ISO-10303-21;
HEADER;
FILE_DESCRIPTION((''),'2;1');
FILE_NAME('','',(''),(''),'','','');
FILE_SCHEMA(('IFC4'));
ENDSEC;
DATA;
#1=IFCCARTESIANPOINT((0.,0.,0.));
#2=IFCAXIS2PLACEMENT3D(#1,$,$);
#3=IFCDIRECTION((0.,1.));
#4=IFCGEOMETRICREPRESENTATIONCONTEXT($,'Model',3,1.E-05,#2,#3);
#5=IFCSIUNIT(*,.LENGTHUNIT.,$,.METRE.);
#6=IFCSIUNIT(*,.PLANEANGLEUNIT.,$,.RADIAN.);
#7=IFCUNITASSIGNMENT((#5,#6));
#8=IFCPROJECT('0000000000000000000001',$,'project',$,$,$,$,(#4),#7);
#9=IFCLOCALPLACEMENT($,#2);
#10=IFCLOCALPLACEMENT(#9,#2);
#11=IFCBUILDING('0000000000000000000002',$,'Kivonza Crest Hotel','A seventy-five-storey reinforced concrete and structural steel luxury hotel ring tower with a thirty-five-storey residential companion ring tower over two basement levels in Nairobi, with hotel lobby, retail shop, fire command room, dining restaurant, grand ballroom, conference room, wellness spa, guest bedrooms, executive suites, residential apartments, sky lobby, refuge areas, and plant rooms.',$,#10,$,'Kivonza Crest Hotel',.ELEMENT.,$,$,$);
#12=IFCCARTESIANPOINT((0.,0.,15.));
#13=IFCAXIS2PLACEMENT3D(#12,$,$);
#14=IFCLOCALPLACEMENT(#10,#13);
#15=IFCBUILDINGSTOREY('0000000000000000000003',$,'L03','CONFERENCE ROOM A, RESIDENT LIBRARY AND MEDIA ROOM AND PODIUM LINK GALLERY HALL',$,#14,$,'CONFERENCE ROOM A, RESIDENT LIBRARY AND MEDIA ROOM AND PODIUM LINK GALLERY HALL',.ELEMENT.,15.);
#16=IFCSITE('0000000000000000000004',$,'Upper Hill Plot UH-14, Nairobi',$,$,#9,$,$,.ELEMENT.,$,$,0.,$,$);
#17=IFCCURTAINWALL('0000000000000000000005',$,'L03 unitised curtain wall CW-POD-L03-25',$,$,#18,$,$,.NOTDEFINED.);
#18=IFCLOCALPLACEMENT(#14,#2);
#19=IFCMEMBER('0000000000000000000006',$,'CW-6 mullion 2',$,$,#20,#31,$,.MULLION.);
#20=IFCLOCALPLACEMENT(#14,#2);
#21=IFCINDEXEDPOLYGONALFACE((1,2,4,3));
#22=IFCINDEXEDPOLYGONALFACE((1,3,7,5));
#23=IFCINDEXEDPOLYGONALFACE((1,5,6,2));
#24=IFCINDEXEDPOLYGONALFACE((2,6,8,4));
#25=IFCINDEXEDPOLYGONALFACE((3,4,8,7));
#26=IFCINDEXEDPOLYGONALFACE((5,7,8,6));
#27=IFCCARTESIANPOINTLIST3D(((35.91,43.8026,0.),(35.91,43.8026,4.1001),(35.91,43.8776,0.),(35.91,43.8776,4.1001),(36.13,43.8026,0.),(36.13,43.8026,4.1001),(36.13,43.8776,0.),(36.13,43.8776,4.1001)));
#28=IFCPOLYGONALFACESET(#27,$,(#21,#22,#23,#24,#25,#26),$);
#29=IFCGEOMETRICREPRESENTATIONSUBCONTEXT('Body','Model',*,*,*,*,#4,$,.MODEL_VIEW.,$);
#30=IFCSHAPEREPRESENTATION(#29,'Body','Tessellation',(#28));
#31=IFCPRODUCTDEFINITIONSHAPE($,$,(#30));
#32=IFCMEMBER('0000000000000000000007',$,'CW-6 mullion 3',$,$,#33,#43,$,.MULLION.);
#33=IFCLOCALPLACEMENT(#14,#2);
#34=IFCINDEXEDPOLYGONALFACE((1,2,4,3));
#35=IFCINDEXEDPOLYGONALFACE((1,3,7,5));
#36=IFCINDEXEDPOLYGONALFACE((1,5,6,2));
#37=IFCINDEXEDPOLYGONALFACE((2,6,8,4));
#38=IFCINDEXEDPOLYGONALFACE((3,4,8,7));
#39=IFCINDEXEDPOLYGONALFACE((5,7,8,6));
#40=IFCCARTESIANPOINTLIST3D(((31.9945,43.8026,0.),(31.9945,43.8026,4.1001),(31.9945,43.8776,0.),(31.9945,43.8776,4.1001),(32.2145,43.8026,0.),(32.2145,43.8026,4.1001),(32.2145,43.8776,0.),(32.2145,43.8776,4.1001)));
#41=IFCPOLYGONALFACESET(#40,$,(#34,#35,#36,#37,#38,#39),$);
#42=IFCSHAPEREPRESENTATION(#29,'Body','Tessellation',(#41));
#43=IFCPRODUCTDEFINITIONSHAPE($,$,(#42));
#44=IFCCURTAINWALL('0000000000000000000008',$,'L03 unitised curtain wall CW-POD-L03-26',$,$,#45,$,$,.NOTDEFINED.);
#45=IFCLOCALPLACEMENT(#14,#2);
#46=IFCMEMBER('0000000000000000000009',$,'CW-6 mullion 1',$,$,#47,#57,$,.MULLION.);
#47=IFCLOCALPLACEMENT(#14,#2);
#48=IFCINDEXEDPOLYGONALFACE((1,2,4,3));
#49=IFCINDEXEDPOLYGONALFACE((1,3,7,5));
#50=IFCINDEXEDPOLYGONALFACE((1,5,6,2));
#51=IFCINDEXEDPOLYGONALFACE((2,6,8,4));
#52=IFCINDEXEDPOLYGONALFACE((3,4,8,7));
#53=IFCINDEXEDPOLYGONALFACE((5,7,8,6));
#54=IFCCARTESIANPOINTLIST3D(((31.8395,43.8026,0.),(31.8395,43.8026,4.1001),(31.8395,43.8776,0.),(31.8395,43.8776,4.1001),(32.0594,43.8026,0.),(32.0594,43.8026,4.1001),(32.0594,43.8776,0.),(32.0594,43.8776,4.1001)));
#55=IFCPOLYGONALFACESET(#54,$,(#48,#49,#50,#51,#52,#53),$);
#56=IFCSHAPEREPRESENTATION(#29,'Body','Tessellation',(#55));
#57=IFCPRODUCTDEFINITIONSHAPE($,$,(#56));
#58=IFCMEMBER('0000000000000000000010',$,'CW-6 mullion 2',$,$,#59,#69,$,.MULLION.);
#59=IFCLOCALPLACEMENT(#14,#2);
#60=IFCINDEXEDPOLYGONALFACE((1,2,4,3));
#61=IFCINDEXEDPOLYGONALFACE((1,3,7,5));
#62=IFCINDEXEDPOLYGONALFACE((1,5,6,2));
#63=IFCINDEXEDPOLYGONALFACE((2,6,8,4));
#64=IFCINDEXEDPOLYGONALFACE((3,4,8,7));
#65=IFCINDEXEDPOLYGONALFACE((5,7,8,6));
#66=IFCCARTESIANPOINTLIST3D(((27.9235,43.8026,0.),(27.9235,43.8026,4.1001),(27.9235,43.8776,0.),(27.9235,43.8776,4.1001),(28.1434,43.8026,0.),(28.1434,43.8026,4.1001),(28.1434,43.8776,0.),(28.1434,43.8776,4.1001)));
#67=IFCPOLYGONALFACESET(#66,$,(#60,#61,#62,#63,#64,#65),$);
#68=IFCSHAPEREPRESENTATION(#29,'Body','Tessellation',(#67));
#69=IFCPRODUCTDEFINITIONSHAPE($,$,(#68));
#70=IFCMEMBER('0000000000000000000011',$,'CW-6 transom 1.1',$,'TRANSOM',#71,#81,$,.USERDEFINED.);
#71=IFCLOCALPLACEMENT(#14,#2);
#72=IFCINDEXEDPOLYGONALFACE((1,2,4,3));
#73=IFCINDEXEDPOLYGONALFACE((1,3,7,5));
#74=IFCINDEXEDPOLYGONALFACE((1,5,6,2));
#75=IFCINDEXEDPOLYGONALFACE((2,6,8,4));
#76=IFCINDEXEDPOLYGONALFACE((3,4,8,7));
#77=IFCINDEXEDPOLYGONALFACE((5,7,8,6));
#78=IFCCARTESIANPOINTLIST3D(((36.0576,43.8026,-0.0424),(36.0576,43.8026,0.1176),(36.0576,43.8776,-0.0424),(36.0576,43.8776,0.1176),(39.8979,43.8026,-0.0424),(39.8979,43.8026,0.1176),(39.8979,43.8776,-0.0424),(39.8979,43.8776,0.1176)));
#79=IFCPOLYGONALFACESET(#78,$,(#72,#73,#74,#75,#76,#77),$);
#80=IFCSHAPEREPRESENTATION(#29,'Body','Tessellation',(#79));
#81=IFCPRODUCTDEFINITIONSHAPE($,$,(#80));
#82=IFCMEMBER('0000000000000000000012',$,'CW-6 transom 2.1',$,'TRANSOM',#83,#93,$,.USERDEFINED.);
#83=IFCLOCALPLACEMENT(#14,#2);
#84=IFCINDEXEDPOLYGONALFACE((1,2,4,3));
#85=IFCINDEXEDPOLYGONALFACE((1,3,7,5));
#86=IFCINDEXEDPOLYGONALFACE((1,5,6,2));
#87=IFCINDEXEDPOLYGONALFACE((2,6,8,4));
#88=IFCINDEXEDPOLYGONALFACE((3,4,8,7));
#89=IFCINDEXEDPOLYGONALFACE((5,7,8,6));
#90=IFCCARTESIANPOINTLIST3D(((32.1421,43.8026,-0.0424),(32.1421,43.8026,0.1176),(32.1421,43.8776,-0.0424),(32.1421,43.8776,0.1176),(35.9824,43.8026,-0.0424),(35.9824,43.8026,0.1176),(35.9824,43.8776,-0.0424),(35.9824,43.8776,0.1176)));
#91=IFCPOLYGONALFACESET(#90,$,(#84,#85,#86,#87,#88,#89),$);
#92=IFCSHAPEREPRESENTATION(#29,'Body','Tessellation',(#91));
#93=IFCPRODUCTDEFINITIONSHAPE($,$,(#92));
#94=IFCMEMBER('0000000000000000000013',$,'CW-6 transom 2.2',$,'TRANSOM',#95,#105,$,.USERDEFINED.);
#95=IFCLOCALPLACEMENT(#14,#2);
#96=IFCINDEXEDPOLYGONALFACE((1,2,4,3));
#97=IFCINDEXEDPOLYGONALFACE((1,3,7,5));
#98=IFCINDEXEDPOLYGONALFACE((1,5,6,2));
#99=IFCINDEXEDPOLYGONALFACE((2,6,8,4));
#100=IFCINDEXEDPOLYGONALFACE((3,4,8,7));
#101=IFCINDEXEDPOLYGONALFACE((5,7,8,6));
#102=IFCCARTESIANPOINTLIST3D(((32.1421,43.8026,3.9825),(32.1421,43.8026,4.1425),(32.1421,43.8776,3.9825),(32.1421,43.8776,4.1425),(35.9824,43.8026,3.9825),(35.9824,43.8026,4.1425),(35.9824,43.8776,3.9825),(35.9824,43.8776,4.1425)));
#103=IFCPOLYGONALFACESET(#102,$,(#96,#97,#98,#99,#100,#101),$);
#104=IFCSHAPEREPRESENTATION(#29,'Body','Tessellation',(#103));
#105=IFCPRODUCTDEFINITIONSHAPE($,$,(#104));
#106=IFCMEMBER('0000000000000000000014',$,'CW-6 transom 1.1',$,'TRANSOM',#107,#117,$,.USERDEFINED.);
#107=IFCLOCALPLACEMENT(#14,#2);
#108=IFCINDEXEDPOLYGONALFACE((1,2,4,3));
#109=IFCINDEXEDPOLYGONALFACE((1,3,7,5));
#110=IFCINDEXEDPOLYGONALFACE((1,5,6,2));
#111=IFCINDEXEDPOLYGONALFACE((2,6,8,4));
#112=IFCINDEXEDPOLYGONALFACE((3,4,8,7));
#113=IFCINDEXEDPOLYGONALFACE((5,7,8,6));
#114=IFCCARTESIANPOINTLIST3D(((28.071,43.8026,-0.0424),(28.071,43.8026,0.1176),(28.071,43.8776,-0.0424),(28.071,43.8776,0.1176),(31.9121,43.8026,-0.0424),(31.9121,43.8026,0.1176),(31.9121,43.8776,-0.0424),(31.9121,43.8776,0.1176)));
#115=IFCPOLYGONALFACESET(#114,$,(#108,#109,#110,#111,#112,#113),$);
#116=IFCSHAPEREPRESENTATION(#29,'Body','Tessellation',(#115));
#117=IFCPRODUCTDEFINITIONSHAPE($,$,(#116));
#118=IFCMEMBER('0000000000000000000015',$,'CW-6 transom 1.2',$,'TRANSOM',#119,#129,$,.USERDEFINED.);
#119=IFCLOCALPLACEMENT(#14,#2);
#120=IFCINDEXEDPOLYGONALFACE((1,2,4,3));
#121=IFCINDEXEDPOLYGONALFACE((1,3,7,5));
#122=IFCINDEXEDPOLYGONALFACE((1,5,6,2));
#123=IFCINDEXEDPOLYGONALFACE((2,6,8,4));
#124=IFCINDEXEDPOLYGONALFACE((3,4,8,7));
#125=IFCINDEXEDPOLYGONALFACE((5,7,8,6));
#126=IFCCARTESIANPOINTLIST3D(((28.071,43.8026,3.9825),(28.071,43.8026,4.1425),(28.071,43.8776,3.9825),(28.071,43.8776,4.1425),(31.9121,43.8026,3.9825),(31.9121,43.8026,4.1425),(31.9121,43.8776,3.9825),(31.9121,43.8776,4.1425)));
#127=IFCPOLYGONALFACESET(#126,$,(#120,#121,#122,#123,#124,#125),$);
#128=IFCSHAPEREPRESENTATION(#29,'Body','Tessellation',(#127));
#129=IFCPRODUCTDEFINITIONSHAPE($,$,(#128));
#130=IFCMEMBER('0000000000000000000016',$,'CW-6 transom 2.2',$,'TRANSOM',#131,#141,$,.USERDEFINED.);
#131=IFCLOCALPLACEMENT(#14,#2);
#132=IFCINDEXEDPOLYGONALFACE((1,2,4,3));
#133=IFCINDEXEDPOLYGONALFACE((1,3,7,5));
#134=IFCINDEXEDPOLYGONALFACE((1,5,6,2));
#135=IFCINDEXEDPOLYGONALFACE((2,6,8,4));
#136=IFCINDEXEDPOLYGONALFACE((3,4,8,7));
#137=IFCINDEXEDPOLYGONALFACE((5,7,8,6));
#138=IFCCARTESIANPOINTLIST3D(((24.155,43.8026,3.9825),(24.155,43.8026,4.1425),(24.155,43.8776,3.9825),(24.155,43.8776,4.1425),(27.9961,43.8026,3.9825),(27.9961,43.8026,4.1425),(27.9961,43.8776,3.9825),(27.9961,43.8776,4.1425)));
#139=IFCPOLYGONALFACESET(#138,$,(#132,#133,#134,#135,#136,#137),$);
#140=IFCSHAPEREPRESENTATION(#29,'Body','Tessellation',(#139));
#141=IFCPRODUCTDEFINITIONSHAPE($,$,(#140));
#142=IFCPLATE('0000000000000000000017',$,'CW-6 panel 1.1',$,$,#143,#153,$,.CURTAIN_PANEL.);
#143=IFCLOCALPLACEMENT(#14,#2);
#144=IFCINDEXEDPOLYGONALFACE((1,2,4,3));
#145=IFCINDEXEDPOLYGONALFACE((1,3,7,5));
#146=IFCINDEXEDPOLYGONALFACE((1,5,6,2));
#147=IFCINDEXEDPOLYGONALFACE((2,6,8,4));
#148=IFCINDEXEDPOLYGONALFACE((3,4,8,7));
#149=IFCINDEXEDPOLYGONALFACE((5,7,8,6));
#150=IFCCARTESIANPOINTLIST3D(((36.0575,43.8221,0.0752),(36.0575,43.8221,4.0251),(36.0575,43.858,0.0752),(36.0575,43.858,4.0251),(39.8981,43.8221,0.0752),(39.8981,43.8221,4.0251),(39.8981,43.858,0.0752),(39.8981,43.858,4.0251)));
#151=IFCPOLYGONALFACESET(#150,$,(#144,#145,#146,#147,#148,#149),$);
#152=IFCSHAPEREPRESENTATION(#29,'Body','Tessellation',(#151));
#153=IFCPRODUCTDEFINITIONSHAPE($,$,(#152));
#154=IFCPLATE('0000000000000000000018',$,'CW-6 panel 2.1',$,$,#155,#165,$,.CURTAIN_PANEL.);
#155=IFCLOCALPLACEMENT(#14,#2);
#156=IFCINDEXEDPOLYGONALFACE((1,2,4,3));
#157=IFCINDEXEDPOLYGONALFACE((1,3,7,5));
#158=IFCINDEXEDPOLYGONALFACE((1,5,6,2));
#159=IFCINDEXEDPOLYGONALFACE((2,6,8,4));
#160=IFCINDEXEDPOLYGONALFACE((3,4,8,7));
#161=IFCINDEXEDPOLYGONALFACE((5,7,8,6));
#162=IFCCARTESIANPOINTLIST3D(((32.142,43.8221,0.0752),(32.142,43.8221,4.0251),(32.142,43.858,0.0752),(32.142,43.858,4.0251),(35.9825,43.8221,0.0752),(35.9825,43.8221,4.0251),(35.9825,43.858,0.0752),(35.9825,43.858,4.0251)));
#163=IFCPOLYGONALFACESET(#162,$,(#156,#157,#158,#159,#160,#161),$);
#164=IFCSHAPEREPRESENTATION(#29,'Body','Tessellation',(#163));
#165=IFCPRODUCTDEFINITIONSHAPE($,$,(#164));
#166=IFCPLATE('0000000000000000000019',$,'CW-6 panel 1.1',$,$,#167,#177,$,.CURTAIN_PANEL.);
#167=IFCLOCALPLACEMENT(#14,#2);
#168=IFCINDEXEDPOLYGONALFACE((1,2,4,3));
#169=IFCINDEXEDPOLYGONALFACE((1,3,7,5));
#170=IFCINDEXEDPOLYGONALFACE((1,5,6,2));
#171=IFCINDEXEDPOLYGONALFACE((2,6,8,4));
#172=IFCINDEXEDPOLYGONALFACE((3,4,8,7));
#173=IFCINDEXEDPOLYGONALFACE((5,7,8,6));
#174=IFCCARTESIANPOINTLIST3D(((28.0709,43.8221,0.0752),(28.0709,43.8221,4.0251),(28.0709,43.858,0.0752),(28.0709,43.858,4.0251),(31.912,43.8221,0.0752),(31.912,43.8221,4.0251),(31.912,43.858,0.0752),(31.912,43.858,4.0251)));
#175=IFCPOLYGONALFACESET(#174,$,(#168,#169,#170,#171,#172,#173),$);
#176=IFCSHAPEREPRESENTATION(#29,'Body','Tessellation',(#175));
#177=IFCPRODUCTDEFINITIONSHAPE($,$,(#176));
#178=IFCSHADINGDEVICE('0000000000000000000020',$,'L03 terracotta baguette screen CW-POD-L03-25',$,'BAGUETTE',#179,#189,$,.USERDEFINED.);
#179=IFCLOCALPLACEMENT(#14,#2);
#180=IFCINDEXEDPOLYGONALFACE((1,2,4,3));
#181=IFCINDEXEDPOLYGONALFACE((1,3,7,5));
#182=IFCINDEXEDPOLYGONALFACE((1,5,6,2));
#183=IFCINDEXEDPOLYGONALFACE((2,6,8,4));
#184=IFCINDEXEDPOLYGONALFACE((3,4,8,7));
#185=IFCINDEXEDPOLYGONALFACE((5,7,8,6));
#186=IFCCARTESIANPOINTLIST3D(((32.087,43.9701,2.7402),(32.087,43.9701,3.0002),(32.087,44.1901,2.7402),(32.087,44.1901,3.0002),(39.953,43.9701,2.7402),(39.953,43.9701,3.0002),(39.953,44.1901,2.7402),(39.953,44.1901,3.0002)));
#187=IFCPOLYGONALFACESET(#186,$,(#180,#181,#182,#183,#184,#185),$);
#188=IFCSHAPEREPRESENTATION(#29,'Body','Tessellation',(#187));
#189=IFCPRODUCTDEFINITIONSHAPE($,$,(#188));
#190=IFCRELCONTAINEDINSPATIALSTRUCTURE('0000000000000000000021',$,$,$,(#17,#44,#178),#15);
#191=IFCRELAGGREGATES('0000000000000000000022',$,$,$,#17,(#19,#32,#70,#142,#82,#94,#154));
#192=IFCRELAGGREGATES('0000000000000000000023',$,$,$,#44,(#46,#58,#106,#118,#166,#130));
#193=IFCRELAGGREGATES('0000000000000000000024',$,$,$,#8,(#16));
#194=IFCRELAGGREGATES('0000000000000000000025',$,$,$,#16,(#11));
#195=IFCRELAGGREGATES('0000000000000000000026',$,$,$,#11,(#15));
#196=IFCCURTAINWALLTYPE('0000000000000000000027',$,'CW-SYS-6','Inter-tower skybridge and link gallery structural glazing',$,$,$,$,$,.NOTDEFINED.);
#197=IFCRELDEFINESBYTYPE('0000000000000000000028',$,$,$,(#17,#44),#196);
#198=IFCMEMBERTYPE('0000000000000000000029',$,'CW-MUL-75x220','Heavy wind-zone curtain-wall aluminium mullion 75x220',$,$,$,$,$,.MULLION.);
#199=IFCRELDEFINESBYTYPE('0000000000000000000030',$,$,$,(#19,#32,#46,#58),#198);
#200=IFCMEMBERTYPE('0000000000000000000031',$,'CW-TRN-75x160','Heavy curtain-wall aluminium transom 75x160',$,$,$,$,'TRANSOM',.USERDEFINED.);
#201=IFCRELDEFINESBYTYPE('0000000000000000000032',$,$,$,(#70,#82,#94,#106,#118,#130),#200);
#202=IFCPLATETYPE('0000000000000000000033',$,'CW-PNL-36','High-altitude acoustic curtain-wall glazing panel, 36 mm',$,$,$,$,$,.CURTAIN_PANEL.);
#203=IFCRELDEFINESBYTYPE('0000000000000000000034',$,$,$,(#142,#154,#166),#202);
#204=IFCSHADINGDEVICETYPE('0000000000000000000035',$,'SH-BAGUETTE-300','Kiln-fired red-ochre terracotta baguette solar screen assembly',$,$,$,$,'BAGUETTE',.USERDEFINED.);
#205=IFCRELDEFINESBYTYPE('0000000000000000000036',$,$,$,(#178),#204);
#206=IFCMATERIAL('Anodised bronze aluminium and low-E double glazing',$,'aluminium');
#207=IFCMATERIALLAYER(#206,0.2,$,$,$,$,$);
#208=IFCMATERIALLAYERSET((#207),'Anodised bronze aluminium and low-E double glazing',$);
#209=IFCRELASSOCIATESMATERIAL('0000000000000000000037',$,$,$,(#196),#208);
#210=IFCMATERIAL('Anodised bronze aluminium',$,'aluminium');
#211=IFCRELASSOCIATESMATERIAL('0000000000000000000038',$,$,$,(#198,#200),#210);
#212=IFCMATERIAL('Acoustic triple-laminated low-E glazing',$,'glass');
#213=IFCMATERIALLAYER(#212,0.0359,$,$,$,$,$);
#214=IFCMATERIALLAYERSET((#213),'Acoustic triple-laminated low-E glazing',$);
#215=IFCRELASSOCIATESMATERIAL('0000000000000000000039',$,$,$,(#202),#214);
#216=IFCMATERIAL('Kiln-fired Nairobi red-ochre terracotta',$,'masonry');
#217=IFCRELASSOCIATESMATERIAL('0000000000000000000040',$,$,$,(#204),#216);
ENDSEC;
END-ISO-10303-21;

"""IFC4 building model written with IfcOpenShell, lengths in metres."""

from ifc_helpers import new_model, si_unit, direction, frame, origin, origin_2d, place, context, subcontext, project, spatial, rectangle, extrude, material, layer, layer_set, material_profile, profile_set, type_object, element, aggregate, save


model = new_model("IFC4")

# Units and contexts
model_context = context("Model", 3, precision=1e-05, world=origin(), true_north=direction((0.0, 1.0)))
body_context = subcontext(model_context, "Body", "Model", "MODEL_VIEW")
ifc_project = project(units=[si_unit("LENGTHUNIT", "METRE"), si_unit("PLANEANGLEUNIT", "RADIAN")], contexts=[model_context])

# Site, building, storey
site_placement = place(None, origin())
site = spatial("IfcSite", under=ifc_project, at=site_placement, Name="Upper Hill Plot UH-14, Nairobi", CompositionType="ELEMENT", RefElevation=0.0)
building_placement = place(site_placement, origin())
building = spatial("IfcBuilding", under=site, at=building_placement, Name="Kivonza Crest Hotel", Description="A seventy-five-storey reinforced concrete and structural steel luxury hotel ring tower with a thirty-five-storey residential companion ring tower over two basement levels in Nairobi, with hotel lobby, retail shop, fire command room, dining restaurant, grand ballroom, conference room, wellness spa, guest bedrooms, executive suites, residential apartments, sky lobby, refuge areas, and plant rooms.", LongName="Kivonza Crest Hotel", CompositionType="ELEMENT")
storey_placement = place(building_placement, frame((0.0, 0.0, 15.0)))
storey = spatial("IfcBuildingStorey", under=building, at=storey_placement, Name="L03", Description="CONFERENCE ROOM A, RESIDENT LIBRARY AND MEDIA ROOM AND PODIUM LINK GALLERY HALL", LongName="CONFERENCE ROOM A, RESIDENT LIBRARY AND MEDIA ROOM AND PODIUM LINK GALLERY HALL", CompositionType="ELEMENT", Elevation=15.0)

# Curtain walls, members
ifc_material_1 = material(Name="Anodised bronze aluminium and low-E double glazing", Category="aluminium")
ifc_layer_1 = layer(ifc_material_1, 0.2)
ifc_layer_set_1 = layer_set([ifc_layer_1], Name="Anodised bronze aluminium and low-E double glazing")
curtain_wall_type = type_object("IfcCurtainWallType", Name="CW-SYS-6", Description="Inter-tower skybridge and link gallery structural glazing", PredefinedType="NOTDEFINED", material=ifc_layer_set_1)
curtain_wall_1_placement = place(storey_placement, origin())
curtain_wall_1 = element("IfcCurtainWall", 1, at=curtain_wall_1_placement, inside=storey, type_object=curtain_wall_type, Name="L03 unitised curtain wall CW-POD-L03-25", PredefinedType="NOTDEFINED")
ifc_material_2 = material(Name="Anodised bronze aluminium", Category="aluminium")
ifc_material_profile_1 = material_profile(ifc_material_2, rectangle(XDim=0.075, YDim=0.22, at=origin_2d()), Name="CW-M 75x220")
ifc_profile_set_1 = profile_set([ifc_material_profile_1], Name="Anodised bronze aluminium")
member_type_1 = type_object("IfcMemberType", Name="CW-MUL-75x220", Description="Heavy wind-zone curtain-wall aluminium mullion 75x220", PredefinedType="MULLION", material=ifc_profile_set_1)
member_1_placement = place(storey_placement, frame((36.02, 43.8401, 0.0), z_axis=(0.0, 0.0, 1.0), x_axis=(0.0, -1.0, 0.0)))
member_1 = element("IfcMember", 2, at=member_1_placement, type_object=member_type_1, Name="CW-6 mullion 2", PredefinedType="MULLION", context=body_context, shape_type="SweptSolid", body=[
    extrude(rectangle(XDim=0.075, YDim=0.22, at=origin_2d()), origin(), (0.0, 0.0, 1.0), 4.1001),
])
member_2_placement = place(storey_placement, frame((32.1045, 43.8401, 0.0), z_axis=(0.0, 0.0, 1.0), x_axis=(0.0, -1.0, 0.0)))
member_2 = element("IfcMember", 3, at=member_2_placement, type_object=member_type_1, Name="CW-6 mullion 3", PredefinedType="MULLION", context=body_context, shape_type="SweptSolid", body=[
    extrude(rectangle(XDim=0.075, YDim=0.22, at=origin_2d()), origin(), (0.0, 0.0, 1.0), 4.1001),
])
curtain_wall_2_placement = place(storey_placement, origin())
curtain_wall_2 = element("IfcCurtainWall", 4, at=curtain_wall_2_placement, inside=storey, type_object=curtain_wall_type, Name="L03 unitised curtain wall CW-POD-L03-26", PredefinedType="NOTDEFINED")
member_3_placement = place(storey_placement, frame((31.9495, 43.8401, 0.0), z_axis=(0.0, 0.0, 1.0), x_axis=(0.0, -1.0, 0.0)))
member_3 = element("IfcMember", 5, at=member_3_placement, type_object=member_type_1, Name="CW-6 mullion 1", PredefinedType="MULLION", context=body_context, shape_type="SweptSolid", body=[
    extrude(rectangle(XDim=0.075, YDim=0.22, at=origin_2d()), origin(), (0.0, 0.0, 1.0), 4.1001),
])
member_4_placement = place(storey_placement, frame((28.0334, 43.8401, 0.0), z_axis=(0.0, 0.0, 1.0), x_axis=(0.0, -1.0, 0.0)))
member_4 = element("IfcMember", 6, at=member_4_placement, type_object=member_type_1, Name="CW-6 mullion 2", PredefinedType="MULLION", context=body_context, shape_type="SweptSolid", body=[
    extrude(rectangle(XDim=0.075, YDim=0.22, at=origin_2d()), origin(), (0.0, 0.0, 1.0), 4.1001),
])

# Members
ifc_material_profile_2 = material_profile(ifc_material_2, rectangle(XDim=0.075, YDim=0.1599, at=origin_2d()), Name="CW-T 75x160")
ifc_profile_set_2 = profile_set([ifc_material_profile_2], Name="Anodised bronze aluminium")
member_type_2 = type_object("IfcMemberType", Name="CW-TRN-75x160", Description="Heavy curtain-wall aluminium transom 75x160", ElementType="TRANSOM", PredefinedType="USERDEFINED", material=ifc_profile_set_2)
member_5_placement = place(storey_placement, frame((39.8979, 43.8401, 0.0376), z_axis=(-1.0, 0.0, 0.0), x_axis=(0.0, -1.0, 0.0)))
member_5 = element("IfcMember", 7, at=member_5_placement, type_object=member_type_2, Name="CW-6 transom 1.1", ObjectType="TRANSOM", PredefinedType="USERDEFINED", context=body_context, shape_type="SweptSolid", body=[
    extrude(rectangle(XDim=0.075, YDim=0.1599, at=origin_2d()), origin(), (0.0, 0.0, 1.0), 3.8403),
])
member_6_placement = place(storey_placement, frame((35.9824, 43.8401, 0.0376), z_axis=(-1.0, 0.0, 0.0), x_axis=(0.0, -1.0, 0.0)))
member_6 = element("IfcMember", 8, at=member_6_placement, type_object=member_type_2, Name="CW-6 transom 2.1", ObjectType="TRANSOM", PredefinedType="USERDEFINED", context=body_context, shape_type="SweptSolid", body=[
    extrude(rectangle(XDim=0.075, YDim=0.1599, at=origin_2d()), origin(), (0.0, 0.0, 1.0), 3.8403),
])
member_7_placement = place(storey_placement, frame((35.9824, 43.8401, 4.0625), z_axis=(-1.0, 0.0, 0.0), x_axis=(0.0, -1.0, 0.0)))
member_7 = element("IfcMember", 9, at=member_7_placement, type_object=member_type_2, Name="CW-6 transom 2.2", ObjectType="TRANSOM", PredefinedType="USERDEFINED", context=body_context, shape_type="SweptSolid", body=[
    extrude(rectangle(XDim=0.075, YDim=0.1599, at=origin_2d()), origin(), (0.0, 0.0, 1.0), 3.8403),
])
member_8_placement = place(storey_placement, frame((31.9121, 43.8401, 0.0376), z_axis=(-1.0, 0.0, 0.0), x_axis=(0.0, -1.0, 0.0)))
member_8 = element("IfcMember", 10, at=member_8_placement, type_object=member_type_2, Name="CW-6 transom 1.1", ObjectType="TRANSOM", PredefinedType="USERDEFINED", context=body_context, shape_type="SweptSolid", body=[
    extrude(rectangle(XDim=0.075, YDim=0.1599, at=origin_2d()), origin(), (0.0, 0.0, 1.0), 3.8411),
])
member_9_placement = place(storey_placement, frame((31.9121, 43.8401, 4.0625), z_axis=(-1.0, 0.0, 0.0), x_axis=(0.0, -1.0, 0.0)))
member_9 = element("IfcMember", 11, at=member_9_placement, type_object=member_type_2, Name="CW-6 transom 1.2", ObjectType="TRANSOM", PredefinedType="USERDEFINED", context=body_context, shape_type="SweptSolid", body=[
    extrude(rectangle(XDim=0.075, YDim=0.1599, at=origin_2d()), origin(), (0.0, 0.0, 1.0), 3.8411),
])
member_10_placement = place(storey_placement, frame((27.9961, 43.8401, 4.0625), z_axis=(-1.0, 0.0, 0.0), x_axis=(0.0, -1.0, 0.0)))
member_10 = element("IfcMember", 12, at=member_10_placement, type_object=member_type_2, Name="CW-6 transom 2.2", ObjectType="TRANSOM", PredefinedType="USERDEFINED", context=body_context, shape_type="SweptSolid", body=[
    extrude(rectangle(XDim=0.075, YDim=0.1599, at=origin_2d()), origin(), (0.0, 0.0, 1.0), 3.8411),
])

# Plates
ifc_material_3 = material(Name="Acoustic triple-laminated low-E glazing", Category="glass")
ifc_layer_2 = layer(ifc_material_3, 0.0359)
ifc_layer_set_2 = layer_set([ifc_layer_2], Name="Acoustic triple-laminated low-E glazing")
plate_type = type_object("IfcPlateType", Name="CW-PNL-36", Description="High-altitude acoustic curtain-wall glazing panel, 36 mm", PredefinedType="CURTAIN_PANEL", material=ifc_layer_set_2)
plate_1_placement = place(storey_placement, frame((37.9778, 43.8401, 0.0752), z_axis=(0.0, 0.0, 1.0), x_axis=(-1.0, 0.0, 0.0)))
plate_1 = element("IfcPlate", 13, at=plate_1_placement, type_object=plate_type, Name="CW-6 panel 1.1", PredefinedType="CURTAIN_PANEL", context=body_context, shape_type="SweptSolid", body=[
    extrude(rectangle(XDim=3.8406, YDim=0.0359, at=origin_2d()), origin(), (0.0, 0.0, 1.0), 3.95),
])
plate_2_placement = place(storey_placement, frame((34.0623, 43.8401, 0.0752), z_axis=(0.0, 0.0, 1.0), x_axis=(-1.0, 0.0, 0.0)))
plate_2 = element("IfcPlate", 14, at=plate_2_placement, type_object=plate_type, Name="CW-6 panel 2.1", PredefinedType="CURTAIN_PANEL", context=body_context, shape_type="SweptSolid", body=[
    extrude(rectangle(XDim=3.8406, YDim=0.0359, at=origin_2d()), origin(), (0.0, 0.0, 1.0), 3.95),
])
aggregate(curtain_wall_1, [member_1, member_2, member_5, plate_1, member_6, member_7, plate_2])
plate_3_placement = place(storey_placement, frame((29.9915, 43.8401, 0.0752), z_axis=(0.0, 0.0, 1.0), x_axis=(-1.0, 0.0, 0.0)))
plate_3 = element("IfcPlate", 15, at=plate_3_placement, type_object=plate_type, Name="CW-6 panel 1.1", PredefinedType="CURTAIN_PANEL", context=body_context, shape_type="SweptSolid", body=[
    extrude(rectangle(XDim=3.8411, YDim=0.0359, at=origin_2d()), origin(), (0.0, 0.0, 1.0), 3.95),
])
aggregate(curtain_wall_2, [member_3, member_4, member_8, member_9, plate_3, member_10])

# Shading device
ifc_material_4 = material(Name="Kiln-fired Nairobi red-ochre terracotta", Category="masonry")
shading_device_type_1 = type_object("IfcShadingDeviceType", Name="SH-BAGUETTE-300", Description="Kiln-fired red-ochre terracotta baguette solar screen assembly", ElementType="BAGUETTE", PredefinedType="USERDEFINED", material=ifc_material_4)
shading_device_1_placement = place(storey_placement, frame((36.02, 44.0801, 2.7402), z_axis=(0.0, 0.0, 1.0), x_axis=(-1.0, 0.0, 0.0)))
element("IfcShadingDevice", 16, at=shading_device_1_placement, inside=storey, type_object=shading_device_type_1, Name="L03 terracotta baguette screen CW-POD-L03-25", ObjectType="BAGUETTE", PredefinedType="USERDEFINED", context=body_context, shape_type="SweptSolid", body=[
    extrude(rectangle(XDim=7.866, YDim=0.22, at=origin_2d()), origin(), (0.0, 0.0, 1.0), 0.26),
])

save(model, "model.ifc")
